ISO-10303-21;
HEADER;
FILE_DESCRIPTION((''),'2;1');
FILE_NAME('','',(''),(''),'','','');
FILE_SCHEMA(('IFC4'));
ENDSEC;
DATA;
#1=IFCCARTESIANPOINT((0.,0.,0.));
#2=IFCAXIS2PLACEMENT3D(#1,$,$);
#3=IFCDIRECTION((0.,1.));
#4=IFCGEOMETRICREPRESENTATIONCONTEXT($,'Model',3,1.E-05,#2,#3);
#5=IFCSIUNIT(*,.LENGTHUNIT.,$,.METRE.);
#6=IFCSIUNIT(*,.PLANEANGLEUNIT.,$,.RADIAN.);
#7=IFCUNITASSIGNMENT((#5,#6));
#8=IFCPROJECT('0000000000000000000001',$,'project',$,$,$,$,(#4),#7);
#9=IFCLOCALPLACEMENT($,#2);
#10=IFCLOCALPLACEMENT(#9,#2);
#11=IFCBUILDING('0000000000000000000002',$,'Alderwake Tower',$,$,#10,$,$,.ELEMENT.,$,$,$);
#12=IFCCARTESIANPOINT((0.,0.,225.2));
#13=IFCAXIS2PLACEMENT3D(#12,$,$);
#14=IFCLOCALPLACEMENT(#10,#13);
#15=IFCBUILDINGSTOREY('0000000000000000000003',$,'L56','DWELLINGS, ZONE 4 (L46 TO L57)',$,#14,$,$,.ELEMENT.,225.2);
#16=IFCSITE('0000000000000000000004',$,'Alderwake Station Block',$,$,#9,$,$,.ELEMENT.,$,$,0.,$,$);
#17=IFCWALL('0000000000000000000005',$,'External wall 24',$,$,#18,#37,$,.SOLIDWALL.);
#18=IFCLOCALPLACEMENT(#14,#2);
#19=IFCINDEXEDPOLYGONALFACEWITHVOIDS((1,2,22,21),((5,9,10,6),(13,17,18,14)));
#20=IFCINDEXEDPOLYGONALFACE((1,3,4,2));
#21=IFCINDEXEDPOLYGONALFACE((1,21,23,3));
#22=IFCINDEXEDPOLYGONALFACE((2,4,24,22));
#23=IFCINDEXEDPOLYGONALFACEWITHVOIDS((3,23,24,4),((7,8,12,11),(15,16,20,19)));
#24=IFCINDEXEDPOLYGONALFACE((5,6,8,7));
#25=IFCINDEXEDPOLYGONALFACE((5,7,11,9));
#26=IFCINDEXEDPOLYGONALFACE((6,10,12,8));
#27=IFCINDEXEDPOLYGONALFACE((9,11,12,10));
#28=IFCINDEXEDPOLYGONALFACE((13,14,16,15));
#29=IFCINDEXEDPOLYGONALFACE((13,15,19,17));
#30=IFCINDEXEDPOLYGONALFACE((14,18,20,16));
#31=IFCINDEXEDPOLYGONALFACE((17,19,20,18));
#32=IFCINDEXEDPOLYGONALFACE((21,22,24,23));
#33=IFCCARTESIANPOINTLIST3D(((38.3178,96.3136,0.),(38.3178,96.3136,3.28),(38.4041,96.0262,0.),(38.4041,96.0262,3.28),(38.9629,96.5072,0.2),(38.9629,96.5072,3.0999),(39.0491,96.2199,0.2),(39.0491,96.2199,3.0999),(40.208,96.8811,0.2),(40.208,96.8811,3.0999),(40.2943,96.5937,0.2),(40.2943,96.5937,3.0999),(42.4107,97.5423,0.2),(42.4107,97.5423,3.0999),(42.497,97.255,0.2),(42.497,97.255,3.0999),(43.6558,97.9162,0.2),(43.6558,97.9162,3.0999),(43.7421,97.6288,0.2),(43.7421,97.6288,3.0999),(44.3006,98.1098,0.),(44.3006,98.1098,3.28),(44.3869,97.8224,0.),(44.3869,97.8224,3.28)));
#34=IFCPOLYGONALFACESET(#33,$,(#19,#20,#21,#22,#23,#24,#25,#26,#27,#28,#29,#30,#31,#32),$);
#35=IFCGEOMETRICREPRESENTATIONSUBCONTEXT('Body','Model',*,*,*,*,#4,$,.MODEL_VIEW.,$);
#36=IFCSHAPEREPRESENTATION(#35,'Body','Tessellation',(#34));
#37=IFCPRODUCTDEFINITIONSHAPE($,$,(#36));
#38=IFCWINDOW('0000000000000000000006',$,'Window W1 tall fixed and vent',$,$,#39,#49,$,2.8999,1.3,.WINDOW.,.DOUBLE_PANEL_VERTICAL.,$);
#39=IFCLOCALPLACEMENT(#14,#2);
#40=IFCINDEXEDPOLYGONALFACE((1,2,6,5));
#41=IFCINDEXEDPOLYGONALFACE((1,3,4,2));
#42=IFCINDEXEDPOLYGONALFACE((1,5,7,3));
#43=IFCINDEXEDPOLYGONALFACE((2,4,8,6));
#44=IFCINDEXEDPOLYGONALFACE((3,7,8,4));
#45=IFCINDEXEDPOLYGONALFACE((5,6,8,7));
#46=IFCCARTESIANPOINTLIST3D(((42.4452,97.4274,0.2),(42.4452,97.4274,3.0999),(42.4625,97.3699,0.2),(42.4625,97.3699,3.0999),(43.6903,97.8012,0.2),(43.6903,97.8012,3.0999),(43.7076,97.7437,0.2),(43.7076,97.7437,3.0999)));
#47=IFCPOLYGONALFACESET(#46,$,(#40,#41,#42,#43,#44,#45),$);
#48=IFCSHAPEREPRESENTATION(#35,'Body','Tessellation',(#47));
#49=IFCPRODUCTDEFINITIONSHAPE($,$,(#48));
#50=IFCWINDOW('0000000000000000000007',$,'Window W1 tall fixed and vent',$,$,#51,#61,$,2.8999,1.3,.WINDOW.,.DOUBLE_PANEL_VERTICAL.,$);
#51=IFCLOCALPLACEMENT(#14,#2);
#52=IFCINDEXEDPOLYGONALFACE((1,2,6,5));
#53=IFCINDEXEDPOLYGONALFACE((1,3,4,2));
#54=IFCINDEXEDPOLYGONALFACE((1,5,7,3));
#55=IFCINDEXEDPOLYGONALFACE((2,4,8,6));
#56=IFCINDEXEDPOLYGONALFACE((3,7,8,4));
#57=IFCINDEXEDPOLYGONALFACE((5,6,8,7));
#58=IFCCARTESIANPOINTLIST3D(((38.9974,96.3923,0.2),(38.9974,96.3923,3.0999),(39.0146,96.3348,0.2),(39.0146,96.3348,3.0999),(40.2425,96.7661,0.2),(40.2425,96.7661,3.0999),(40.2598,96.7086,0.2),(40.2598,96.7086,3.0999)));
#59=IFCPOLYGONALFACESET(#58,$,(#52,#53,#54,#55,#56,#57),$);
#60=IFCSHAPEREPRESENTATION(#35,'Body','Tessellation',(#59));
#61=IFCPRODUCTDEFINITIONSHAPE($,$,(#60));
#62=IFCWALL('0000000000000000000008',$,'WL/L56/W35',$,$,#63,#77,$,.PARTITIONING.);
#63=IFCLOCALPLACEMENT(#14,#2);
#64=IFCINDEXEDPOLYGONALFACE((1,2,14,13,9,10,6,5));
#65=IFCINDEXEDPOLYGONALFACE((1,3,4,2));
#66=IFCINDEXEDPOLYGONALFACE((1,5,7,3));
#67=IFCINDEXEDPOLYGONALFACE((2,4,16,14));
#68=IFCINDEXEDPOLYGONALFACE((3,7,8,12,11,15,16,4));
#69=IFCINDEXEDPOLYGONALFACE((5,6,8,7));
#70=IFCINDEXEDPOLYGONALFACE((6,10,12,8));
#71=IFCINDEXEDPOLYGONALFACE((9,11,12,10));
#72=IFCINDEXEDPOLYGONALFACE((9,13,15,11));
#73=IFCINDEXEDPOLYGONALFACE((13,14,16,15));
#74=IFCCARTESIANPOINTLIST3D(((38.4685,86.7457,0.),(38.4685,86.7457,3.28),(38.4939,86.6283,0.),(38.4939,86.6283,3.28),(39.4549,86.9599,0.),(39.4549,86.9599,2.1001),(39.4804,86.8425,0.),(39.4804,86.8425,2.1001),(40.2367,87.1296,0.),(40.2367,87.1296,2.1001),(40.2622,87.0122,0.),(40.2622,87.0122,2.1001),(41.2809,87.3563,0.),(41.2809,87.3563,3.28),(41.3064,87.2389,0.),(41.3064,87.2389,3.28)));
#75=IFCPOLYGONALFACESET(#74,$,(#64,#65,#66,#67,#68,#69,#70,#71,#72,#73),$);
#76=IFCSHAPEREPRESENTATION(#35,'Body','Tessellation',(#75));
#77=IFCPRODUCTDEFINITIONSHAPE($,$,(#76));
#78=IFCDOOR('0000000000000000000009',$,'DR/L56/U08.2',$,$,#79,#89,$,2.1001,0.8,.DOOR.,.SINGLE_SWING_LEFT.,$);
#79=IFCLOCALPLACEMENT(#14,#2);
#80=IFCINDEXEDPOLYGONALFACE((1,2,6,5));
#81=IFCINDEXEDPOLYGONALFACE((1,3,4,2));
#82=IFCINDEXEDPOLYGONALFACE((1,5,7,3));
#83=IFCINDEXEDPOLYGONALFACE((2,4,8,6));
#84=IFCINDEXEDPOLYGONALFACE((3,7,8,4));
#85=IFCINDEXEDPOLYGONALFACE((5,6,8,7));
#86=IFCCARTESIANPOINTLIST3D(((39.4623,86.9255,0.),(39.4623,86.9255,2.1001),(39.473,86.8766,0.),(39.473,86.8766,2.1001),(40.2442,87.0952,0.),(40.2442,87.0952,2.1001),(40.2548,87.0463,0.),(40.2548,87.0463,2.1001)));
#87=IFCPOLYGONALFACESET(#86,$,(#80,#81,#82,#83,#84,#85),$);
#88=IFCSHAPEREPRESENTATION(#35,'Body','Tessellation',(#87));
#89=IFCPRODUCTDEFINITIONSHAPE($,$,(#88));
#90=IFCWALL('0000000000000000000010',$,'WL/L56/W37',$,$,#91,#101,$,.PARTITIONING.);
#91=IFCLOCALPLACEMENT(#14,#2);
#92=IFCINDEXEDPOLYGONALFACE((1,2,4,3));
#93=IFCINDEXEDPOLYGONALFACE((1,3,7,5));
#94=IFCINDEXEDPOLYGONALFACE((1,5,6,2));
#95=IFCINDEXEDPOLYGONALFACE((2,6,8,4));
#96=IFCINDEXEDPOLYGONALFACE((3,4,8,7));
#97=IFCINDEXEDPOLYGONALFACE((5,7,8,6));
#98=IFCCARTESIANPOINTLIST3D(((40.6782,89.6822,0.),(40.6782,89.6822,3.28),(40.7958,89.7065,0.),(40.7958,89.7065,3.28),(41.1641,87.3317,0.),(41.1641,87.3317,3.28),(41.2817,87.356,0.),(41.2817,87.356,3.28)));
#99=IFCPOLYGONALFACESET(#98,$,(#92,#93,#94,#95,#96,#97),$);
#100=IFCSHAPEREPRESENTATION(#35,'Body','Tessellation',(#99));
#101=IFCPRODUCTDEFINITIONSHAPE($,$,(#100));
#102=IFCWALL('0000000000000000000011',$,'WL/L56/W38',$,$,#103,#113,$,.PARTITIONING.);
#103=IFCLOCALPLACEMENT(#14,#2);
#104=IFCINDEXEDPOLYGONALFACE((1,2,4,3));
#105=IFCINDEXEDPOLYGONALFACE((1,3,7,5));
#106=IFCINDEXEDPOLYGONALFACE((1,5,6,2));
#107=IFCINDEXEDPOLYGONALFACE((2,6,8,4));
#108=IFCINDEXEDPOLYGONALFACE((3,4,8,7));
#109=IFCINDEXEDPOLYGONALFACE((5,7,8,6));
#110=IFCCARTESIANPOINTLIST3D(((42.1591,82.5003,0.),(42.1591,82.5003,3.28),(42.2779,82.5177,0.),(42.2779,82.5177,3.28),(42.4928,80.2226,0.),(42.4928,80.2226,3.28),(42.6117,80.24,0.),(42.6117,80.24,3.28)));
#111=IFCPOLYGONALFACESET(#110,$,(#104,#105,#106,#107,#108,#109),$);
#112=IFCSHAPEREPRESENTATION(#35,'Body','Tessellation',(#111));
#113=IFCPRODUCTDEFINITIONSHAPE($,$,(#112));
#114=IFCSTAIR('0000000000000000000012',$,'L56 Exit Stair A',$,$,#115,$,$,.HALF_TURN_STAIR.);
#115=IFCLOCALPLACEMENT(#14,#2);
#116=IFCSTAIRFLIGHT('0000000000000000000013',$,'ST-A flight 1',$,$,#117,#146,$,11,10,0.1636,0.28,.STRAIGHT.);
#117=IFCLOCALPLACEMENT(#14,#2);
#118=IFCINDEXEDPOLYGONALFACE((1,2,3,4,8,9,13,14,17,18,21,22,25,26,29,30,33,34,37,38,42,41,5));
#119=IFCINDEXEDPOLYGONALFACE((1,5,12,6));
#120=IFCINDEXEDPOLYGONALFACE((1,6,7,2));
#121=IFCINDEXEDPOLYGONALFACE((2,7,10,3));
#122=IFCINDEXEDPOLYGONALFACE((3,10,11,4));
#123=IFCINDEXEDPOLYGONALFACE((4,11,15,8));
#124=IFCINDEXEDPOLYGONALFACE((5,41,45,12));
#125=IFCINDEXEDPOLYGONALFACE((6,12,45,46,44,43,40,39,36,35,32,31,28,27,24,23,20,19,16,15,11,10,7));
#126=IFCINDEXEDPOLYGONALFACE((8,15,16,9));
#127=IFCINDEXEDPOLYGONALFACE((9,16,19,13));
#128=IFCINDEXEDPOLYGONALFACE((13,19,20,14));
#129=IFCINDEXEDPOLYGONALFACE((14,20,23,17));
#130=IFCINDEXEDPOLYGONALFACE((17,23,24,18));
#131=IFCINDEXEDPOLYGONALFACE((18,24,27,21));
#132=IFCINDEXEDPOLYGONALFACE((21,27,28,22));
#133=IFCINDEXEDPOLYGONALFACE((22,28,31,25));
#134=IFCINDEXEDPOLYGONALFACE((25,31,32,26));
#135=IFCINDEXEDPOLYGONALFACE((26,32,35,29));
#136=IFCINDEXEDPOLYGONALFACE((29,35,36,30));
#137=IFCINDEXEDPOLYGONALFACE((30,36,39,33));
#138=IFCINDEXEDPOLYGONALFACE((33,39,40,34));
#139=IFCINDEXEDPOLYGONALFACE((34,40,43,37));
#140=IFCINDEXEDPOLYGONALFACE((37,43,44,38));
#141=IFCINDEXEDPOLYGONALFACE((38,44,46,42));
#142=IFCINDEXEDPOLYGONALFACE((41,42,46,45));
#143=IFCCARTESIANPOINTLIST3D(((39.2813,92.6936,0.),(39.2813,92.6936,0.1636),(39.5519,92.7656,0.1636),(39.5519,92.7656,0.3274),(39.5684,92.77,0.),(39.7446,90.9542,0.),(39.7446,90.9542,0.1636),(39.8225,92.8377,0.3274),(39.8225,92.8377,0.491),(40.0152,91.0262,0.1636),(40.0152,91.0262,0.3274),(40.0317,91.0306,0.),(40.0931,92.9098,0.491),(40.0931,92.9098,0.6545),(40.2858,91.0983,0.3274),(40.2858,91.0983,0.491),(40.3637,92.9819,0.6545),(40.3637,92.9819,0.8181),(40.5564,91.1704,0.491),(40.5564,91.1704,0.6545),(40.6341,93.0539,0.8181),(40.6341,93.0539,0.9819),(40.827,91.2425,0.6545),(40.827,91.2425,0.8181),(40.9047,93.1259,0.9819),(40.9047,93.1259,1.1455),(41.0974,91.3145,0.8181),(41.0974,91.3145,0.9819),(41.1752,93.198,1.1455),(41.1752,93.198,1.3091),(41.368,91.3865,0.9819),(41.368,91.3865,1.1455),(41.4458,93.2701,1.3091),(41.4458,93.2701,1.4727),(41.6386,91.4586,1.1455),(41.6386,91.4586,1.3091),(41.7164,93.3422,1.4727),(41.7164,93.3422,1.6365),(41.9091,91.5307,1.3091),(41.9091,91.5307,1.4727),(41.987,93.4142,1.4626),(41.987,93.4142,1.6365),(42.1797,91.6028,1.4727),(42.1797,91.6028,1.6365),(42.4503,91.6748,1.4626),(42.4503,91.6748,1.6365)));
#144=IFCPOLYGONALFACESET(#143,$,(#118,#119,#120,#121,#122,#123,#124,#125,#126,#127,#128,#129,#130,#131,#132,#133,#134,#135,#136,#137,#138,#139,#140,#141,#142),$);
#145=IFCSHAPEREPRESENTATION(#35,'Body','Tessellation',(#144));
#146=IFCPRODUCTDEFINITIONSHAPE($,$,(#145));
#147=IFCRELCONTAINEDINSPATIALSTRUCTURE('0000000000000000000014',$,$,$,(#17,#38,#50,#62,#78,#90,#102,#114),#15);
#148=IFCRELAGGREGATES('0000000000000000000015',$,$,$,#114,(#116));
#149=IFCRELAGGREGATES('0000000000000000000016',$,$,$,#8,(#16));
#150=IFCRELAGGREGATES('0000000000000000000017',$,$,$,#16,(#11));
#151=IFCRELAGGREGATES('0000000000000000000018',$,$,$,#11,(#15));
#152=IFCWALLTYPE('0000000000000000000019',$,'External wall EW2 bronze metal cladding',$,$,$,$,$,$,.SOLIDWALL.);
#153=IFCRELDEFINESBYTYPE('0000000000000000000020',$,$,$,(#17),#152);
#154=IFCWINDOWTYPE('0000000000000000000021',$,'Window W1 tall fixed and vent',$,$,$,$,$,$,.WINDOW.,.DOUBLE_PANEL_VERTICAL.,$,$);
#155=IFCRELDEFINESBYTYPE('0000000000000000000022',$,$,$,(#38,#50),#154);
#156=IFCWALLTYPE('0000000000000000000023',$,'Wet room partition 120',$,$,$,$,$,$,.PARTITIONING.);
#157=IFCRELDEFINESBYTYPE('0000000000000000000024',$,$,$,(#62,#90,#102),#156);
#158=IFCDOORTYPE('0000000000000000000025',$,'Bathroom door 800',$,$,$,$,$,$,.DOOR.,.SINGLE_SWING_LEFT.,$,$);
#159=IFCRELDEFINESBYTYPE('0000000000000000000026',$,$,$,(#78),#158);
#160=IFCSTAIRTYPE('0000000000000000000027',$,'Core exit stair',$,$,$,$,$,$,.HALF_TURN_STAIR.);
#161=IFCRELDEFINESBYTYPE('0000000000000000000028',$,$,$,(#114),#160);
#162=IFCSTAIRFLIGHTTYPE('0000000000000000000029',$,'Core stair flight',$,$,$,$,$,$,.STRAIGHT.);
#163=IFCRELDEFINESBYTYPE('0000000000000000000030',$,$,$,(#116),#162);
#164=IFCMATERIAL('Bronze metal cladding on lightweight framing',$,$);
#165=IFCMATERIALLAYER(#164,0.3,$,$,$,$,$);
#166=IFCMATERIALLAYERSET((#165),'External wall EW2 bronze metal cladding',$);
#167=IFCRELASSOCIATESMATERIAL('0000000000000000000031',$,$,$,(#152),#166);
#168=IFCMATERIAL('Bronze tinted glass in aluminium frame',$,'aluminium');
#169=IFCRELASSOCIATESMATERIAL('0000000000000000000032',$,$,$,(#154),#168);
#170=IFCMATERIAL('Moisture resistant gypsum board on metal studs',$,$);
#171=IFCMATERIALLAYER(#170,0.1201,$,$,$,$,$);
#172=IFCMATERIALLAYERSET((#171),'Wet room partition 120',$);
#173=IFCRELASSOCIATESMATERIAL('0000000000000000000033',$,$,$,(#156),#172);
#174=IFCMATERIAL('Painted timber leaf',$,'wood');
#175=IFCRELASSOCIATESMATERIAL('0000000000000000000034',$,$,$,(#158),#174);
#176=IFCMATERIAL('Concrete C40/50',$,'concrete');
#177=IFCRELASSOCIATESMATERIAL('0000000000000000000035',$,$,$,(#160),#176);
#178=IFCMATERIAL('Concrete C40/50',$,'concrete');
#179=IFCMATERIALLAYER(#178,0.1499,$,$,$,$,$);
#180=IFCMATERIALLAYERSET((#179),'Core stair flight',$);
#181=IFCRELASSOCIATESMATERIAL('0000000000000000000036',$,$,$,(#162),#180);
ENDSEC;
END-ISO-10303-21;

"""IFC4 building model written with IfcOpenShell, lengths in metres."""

from ifc_helpers import new_model, si_unit, direction, frame, frame_2d, origin, place, context, subcontext, project, spatial, polyline, rectangle, outline, extrude, material, layer, layer_set, type_object, element, fill, aggregate, save


model = new_model("IFC4")

# Units and contexts
model_context = context("Model", 3, precision=1e-05, world=origin(), true_north=direction((0.0, 1.0)))
body_context = subcontext(model_context, "Body", "Model", "MODEL_VIEW")
ifc_project = project(units=[si_unit("LENGTHUNIT", "METRE"), si_unit("PLANEANGLEUNIT", "RADIAN")], contexts=[model_context])

# Site, building, storey
site_placement = place(None, origin())
site = spatial("IfcSite", under=ifc_project, at=site_placement, Name="Alderwake Station Block", CompositionType="ELEMENT", RefElevation=0.0)
building_placement = place(site_placement, origin())
building = spatial("IfcBuilding", under=site, at=building_placement, Name="Alderwake Tower", CompositionType="ELEMENT")
storey_placement = place(building_placement, frame((0.0, 0.0, 225.2)))
storey = spatial("IfcBuildingStorey", under=building, at=storey_placement, Name="L56", Description="DWELLINGS, ZONE 4 (L46 TO L57)", CompositionType="ELEMENT", Elevation=225.2)

# Wall, openings, windows
ifc_material_1 = material(Name="Bronze metal cladding on lightweight framing")
ifc_layer_1 = layer(ifc_material_1, 0.3)
ifc_layer_set_1 = layer_set([ifc_layer_1], Name="External wall EW2 bronze metal cladding")
wall_type_1 = type_object("IfcWallType", Name="External wall EW2 bronze metal cladding", PredefinedType="SOLIDWALL", material=ifc_layer_set_1)
wall_1_placement = place(storey_placement, frame((44.3438, 97.9661, 0.0), z_axis=(0.0, 0.0, 1.0), x_axis=(-0.957767, -0.287545, 0.0)))
wall_1 = element("IfcWall", 1, at=wall_1_placement, inside=storey, type_object=wall_type_1, Name="External wall 24", PredefinedType="SOLIDWALL", context=body_context, shape_type="SweptSolid", body=[
    extrude(rectangle(XDim=6.2466, YDim=0.3, at=frame_2d((3.1233, 0.0))), origin(), (0.0, 0.0, 1.0), 3.28),
])
opening_1_placement = place(wall_1_placement, frame((0.6733, 0.0, 0.2)))
opening_1 = element("IfcOpeningElement", 2, at=opening_1_placement, cuts=wall_1, PredefinedType="OPENING", context=body_context, shape_type="SweptSolid", body=[
    extrude(rectangle(XDim=1.3, YDim=2.8999, at=frame_2d((0.6499, 1.45))), frame((0.0, 0.1599, 0.0), z_axis=(0.0, -1.0, 0.0), x_axis=(1.0, 0.0, 0.0)), (0.0, 0.0, 1.0), 0.3201),
])
opening_2_placement = place(wall_1_placement, frame((4.2732, 0.0, 0.2)))
opening_2 = element("IfcOpeningElement", 3, at=opening_2_placement, cuts=wall_1, PredefinedType="OPENING", context=body_context, shape_type="SweptSolid", body=[
    extrude(rectangle(XDim=1.3, YDim=2.8999, at=frame_2d((0.6499, 1.45))), frame((0.0, 0.1599, 0.0), z_axis=(0.0, -1.0, 0.0), x_axis=(1.0, 0.0, 0.0)), (0.0, 0.0, 1.0), 0.3201),
])
ifc_material_2 = material(Name="Bronze tinted glass in aluminium frame", Category="aluminium")
window_type = type_object("IfcWindowType", Name="Window W1 tall fixed and vent", PartitioningType="DOUBLE_PANEL_VERTICAL", PredefinedType="WINDOW", material=ifc_material_2)
window_1_placement = place(opening_1_placement, origin())
window_1 = element("IfcWindow", 4, at=window_1_placement, inside=storey, type_object=window_type, Name="Window W1 tall fixed and vent", OverallHeight=2.8999, OverallWidth=1.3, PartitioningType="DOUBLE_PANEL_VERTICAL", PredefinedType="WINDOW", context=body_context, shape_type="SweptSolid", body=[
    extrude(rectangle(XDim=1.3, YDim=2.8999, at=frame_2d((0.6499, 1.45))), frame((0.0, 0.03, 0.0), z_axis=(0.0, -1.0, 0.0), x_axis=(1.0, 0.0, 0.0)), (0.0, 0.0, 1.0), 0.0601),
])
fill(opening_1, window_1)
window_2_placement = place(opening_2_placement, origin())
window_2 = element("IfcWindow", 5, at=window_2_placement, inside=storey, type_object=window_type, Name="Window W1 tall fixed and vent", OverallHeight=2.8999, OverallWidth=1.3, PartitioningType="DOUBLE_PANEL_VERTICAL", PredefinedType="WINDOW", context=body_context, shape_type="SweptSolid", body=[
    extrude(rectangle(XDim=1.3, YDim=2.8999, at=frame_2d((0.6499, 1.45))), frame((0.0, 0.03, 0.0), z_axis=(0.0, -1.0, 0.0), x_axis=(1.0, 0.0, 0.0)), (0.0, 0.0, 1.0), 0.0601),
])
fill(opening_2, window_2)

# Wall, opening, door
ifc_material_3 = material(Name="Moisture resistant gypsum board on metal studs")
ifc_layer_2 = layer(ifc_material_3, 0.1201)
ifc_layer_set_2 = layer_set([ifc_layer_2], Name="Wet room partition 120")
wall_type_2 = type_object("IfcWallType", Name="Wet room partition 120", PredefinedType="PARTITIONING", material=ifc_layer_set_2)
wall_2_placement = place(storey_placement, frame((38.4812, 86.687, 0.0), z_axis=(0.0, 0.0, 1.0), x_axis=(0.977235, 0.212158, 0.0)))
wall_2 = element("IfcWall", 6, at=wall_2_placement, inside=storey, type_object=wall_type_2, Name="WL/L56/W35", PredefinedType="PARTITIONING", context=body_context, shape_type="SweptSolid", body=[
    extrude(rectangle(XDim=2.8779, YDim=0.1201, at=frame_2d((1.439, 0.0))), origin(), (0.0, 0.0, 1.0), 3.28),
])
opening_3_placement = place(wall_2_placement, frame((1.0095, 0.0, 0.0)))
opening_3 = element("IfcOpeningElement", 7, at=opening_3_placement, cuts=wall_2, PredefinedType="OPENING", context=body_context, shape_type="SweptSolid", body=[
    extrude(rectangle(XDim=0.8, YDim=2.1001, at=frame_2d((0.3999, 1.05))), frame((0.0, 0.0701, 0.0), z_axis=(0.0, -1.0, 0.0), x_axis=(1.0, 0.0, 0.0)), (0.0, 0.0, 1.0), 0.1401),
])
ifc_material_4 = material(Name="Painted timber leaf", Category="wood")
door_type_1 = type_object("IfcDoorType", Name="Bathroom door 800", OperationType="SINGLE_SWING_LEFT", PredefinedType="DOOR", material=ifc_material_4)
door_1_placement = place(opening_3_placement, origin())
door_1 = element("IfcDoor", 8, at=door_1_placement, inside=storey, type_object=door_type_1, Name="DR/L56/U08.2", OperationType="SINGLE_SWING_LEFT", OverallHeight=2.1001, OverallWidth=0.8, PredefinedType="DOOR", context=body_context, shape_type="SweptSolid", body=[
    extrude(rectangle(XDim=0.8, YDim=2.1001, at=frame_2d((0.3999, 1.05))), frame((0.0, 0.0249, 0.0), z_axis=(0.0, -1.0, 0.0), x_axis=(1.0, 0.0, 0.0)), (0.0, 0.0, 1.0), 0.05),
])
fill(opening_3, door_1)

# Walls
wall_3_placement = place(storey_placement, frame((41.2229, 87.3438, 0.0), z_axis=(0.0, 0.0, 1.0), x_axis=(-0.202431, 0.979297, 0.0)))
element("IfcWall", 9, at=wall_3_placement, inside=storey, type_object=wall_type_2, Name="WL/L56/W37", PredefinedType="PARTITIONING", context=body_context, shape_type="SweptSolid", body=[
    extrude(rectangle(XDim=2.4001, YDim=0.1201, at=frame_2d((1.2002, 0.0))), origin(), (0.0, 0.0, 1.0), 3.28),
])
wall_4_placement = place(storey_placement, frame((42.5522, 80.2314, 0.0), z_axis=(0.0, 0.0, 1.0), x_axis=(-0.144984, 0.989434, 0.0)))
element("IfcWall", 10, at=wall_4_placement, inside=storey, type_object=wall_type_2, Name="WL/L56/W38", PredefinedType="PARTITIONING", context=body_context, shape_type="SweptSolid", body=[
    extrude(rectangle(XDim=2.302, YDim=0.1201, at=frame_2d((1.1509, 0.0))), origin(), (0.0, 0.0, 1.0), 3.28),
])

# Stair, stair flight
ifc_material_5 = material(Name="Concrete C40/50", Category="concrete")
stair_type = type_object("IfcStairType", Name="Core exit stair", PredefinedType="HALF_TURN_STAIR", material=ifc_material_5)
stair_placement = place(storey_placement, origin())
stair = element("IfcStair", 11, at=stair_placement, inside=storey, type_object=stair_type, Name="L56 Exit Stair A", PredefinedType="HALF_TURN_STAIR")
ifc_material_6 = material(Name="Concrete C40/50", Category="concrete")
ifc_layer_3 = layer(ifc_material_6, 0.1499)
ifc_layer_set_3 = layer_set([ifc_layer_3], Name="Core stair flight")
stair_flight_type = type_object("IfcStairFlightType", Name="Core stair flight", PredefinedType="STRAIGHT", material=ifc_layer_set_3)
stair_flight_1_placement = place(storey_placement, frame((39.5129, 91.824, 0.0), z_axis=(0.0, 0.0, 1.0), x_axis=(0.96631, 0.257382, 0.0)))
stair_flight_1 = element("IfcStairFlight", 12, at=stair_flight_1_placement, type_object=stair_flight_type, Name="ST-A flight 1", NumberOfRisers=11, NumberOfTreads=10, PredefinedType="STRAIGHT", RiserHeight=0.1636, TreadLength=0.28, context=body_context, shape_type="SweptSolid", body=[
    extrude(outline(polyline([(0.0, 0.0), (0.0, 0.1636), (0.28, 0.1636), (0.28, 0.3274), (0.5601, 0.3274), (0.5601, 0.491), (0.8401, 0.491), (0.8401, 0.6545), (1.1201, 0.6545), (1.1201, 0.8181), (1.3999, 0.8181), (1.3999, 0.9819), (1.6799, 0.9819), (1.6799, 1.1455), (1.96, 1.1455), (1.96, 1.3091), (2.24, 1.3091), (2.24, 1.4727), (2.52, 1.4727), (2.52, 1.6365), (2.8, 1.6365), (2.8, 1.8), (2.8, 1.4626), (0.2971, 0.0), (0.0, 0.0)])), frame((0.0, 0.8999, 0.0), z_axis=(0.0, -1.0, 0.0), x_axis=(1.0, 0.0, 0.0)), (0.0, 0.0, 1.0), 1.8),
])
aggregate(stair, [stair_flight_1])

save(model, "model.ifc")
